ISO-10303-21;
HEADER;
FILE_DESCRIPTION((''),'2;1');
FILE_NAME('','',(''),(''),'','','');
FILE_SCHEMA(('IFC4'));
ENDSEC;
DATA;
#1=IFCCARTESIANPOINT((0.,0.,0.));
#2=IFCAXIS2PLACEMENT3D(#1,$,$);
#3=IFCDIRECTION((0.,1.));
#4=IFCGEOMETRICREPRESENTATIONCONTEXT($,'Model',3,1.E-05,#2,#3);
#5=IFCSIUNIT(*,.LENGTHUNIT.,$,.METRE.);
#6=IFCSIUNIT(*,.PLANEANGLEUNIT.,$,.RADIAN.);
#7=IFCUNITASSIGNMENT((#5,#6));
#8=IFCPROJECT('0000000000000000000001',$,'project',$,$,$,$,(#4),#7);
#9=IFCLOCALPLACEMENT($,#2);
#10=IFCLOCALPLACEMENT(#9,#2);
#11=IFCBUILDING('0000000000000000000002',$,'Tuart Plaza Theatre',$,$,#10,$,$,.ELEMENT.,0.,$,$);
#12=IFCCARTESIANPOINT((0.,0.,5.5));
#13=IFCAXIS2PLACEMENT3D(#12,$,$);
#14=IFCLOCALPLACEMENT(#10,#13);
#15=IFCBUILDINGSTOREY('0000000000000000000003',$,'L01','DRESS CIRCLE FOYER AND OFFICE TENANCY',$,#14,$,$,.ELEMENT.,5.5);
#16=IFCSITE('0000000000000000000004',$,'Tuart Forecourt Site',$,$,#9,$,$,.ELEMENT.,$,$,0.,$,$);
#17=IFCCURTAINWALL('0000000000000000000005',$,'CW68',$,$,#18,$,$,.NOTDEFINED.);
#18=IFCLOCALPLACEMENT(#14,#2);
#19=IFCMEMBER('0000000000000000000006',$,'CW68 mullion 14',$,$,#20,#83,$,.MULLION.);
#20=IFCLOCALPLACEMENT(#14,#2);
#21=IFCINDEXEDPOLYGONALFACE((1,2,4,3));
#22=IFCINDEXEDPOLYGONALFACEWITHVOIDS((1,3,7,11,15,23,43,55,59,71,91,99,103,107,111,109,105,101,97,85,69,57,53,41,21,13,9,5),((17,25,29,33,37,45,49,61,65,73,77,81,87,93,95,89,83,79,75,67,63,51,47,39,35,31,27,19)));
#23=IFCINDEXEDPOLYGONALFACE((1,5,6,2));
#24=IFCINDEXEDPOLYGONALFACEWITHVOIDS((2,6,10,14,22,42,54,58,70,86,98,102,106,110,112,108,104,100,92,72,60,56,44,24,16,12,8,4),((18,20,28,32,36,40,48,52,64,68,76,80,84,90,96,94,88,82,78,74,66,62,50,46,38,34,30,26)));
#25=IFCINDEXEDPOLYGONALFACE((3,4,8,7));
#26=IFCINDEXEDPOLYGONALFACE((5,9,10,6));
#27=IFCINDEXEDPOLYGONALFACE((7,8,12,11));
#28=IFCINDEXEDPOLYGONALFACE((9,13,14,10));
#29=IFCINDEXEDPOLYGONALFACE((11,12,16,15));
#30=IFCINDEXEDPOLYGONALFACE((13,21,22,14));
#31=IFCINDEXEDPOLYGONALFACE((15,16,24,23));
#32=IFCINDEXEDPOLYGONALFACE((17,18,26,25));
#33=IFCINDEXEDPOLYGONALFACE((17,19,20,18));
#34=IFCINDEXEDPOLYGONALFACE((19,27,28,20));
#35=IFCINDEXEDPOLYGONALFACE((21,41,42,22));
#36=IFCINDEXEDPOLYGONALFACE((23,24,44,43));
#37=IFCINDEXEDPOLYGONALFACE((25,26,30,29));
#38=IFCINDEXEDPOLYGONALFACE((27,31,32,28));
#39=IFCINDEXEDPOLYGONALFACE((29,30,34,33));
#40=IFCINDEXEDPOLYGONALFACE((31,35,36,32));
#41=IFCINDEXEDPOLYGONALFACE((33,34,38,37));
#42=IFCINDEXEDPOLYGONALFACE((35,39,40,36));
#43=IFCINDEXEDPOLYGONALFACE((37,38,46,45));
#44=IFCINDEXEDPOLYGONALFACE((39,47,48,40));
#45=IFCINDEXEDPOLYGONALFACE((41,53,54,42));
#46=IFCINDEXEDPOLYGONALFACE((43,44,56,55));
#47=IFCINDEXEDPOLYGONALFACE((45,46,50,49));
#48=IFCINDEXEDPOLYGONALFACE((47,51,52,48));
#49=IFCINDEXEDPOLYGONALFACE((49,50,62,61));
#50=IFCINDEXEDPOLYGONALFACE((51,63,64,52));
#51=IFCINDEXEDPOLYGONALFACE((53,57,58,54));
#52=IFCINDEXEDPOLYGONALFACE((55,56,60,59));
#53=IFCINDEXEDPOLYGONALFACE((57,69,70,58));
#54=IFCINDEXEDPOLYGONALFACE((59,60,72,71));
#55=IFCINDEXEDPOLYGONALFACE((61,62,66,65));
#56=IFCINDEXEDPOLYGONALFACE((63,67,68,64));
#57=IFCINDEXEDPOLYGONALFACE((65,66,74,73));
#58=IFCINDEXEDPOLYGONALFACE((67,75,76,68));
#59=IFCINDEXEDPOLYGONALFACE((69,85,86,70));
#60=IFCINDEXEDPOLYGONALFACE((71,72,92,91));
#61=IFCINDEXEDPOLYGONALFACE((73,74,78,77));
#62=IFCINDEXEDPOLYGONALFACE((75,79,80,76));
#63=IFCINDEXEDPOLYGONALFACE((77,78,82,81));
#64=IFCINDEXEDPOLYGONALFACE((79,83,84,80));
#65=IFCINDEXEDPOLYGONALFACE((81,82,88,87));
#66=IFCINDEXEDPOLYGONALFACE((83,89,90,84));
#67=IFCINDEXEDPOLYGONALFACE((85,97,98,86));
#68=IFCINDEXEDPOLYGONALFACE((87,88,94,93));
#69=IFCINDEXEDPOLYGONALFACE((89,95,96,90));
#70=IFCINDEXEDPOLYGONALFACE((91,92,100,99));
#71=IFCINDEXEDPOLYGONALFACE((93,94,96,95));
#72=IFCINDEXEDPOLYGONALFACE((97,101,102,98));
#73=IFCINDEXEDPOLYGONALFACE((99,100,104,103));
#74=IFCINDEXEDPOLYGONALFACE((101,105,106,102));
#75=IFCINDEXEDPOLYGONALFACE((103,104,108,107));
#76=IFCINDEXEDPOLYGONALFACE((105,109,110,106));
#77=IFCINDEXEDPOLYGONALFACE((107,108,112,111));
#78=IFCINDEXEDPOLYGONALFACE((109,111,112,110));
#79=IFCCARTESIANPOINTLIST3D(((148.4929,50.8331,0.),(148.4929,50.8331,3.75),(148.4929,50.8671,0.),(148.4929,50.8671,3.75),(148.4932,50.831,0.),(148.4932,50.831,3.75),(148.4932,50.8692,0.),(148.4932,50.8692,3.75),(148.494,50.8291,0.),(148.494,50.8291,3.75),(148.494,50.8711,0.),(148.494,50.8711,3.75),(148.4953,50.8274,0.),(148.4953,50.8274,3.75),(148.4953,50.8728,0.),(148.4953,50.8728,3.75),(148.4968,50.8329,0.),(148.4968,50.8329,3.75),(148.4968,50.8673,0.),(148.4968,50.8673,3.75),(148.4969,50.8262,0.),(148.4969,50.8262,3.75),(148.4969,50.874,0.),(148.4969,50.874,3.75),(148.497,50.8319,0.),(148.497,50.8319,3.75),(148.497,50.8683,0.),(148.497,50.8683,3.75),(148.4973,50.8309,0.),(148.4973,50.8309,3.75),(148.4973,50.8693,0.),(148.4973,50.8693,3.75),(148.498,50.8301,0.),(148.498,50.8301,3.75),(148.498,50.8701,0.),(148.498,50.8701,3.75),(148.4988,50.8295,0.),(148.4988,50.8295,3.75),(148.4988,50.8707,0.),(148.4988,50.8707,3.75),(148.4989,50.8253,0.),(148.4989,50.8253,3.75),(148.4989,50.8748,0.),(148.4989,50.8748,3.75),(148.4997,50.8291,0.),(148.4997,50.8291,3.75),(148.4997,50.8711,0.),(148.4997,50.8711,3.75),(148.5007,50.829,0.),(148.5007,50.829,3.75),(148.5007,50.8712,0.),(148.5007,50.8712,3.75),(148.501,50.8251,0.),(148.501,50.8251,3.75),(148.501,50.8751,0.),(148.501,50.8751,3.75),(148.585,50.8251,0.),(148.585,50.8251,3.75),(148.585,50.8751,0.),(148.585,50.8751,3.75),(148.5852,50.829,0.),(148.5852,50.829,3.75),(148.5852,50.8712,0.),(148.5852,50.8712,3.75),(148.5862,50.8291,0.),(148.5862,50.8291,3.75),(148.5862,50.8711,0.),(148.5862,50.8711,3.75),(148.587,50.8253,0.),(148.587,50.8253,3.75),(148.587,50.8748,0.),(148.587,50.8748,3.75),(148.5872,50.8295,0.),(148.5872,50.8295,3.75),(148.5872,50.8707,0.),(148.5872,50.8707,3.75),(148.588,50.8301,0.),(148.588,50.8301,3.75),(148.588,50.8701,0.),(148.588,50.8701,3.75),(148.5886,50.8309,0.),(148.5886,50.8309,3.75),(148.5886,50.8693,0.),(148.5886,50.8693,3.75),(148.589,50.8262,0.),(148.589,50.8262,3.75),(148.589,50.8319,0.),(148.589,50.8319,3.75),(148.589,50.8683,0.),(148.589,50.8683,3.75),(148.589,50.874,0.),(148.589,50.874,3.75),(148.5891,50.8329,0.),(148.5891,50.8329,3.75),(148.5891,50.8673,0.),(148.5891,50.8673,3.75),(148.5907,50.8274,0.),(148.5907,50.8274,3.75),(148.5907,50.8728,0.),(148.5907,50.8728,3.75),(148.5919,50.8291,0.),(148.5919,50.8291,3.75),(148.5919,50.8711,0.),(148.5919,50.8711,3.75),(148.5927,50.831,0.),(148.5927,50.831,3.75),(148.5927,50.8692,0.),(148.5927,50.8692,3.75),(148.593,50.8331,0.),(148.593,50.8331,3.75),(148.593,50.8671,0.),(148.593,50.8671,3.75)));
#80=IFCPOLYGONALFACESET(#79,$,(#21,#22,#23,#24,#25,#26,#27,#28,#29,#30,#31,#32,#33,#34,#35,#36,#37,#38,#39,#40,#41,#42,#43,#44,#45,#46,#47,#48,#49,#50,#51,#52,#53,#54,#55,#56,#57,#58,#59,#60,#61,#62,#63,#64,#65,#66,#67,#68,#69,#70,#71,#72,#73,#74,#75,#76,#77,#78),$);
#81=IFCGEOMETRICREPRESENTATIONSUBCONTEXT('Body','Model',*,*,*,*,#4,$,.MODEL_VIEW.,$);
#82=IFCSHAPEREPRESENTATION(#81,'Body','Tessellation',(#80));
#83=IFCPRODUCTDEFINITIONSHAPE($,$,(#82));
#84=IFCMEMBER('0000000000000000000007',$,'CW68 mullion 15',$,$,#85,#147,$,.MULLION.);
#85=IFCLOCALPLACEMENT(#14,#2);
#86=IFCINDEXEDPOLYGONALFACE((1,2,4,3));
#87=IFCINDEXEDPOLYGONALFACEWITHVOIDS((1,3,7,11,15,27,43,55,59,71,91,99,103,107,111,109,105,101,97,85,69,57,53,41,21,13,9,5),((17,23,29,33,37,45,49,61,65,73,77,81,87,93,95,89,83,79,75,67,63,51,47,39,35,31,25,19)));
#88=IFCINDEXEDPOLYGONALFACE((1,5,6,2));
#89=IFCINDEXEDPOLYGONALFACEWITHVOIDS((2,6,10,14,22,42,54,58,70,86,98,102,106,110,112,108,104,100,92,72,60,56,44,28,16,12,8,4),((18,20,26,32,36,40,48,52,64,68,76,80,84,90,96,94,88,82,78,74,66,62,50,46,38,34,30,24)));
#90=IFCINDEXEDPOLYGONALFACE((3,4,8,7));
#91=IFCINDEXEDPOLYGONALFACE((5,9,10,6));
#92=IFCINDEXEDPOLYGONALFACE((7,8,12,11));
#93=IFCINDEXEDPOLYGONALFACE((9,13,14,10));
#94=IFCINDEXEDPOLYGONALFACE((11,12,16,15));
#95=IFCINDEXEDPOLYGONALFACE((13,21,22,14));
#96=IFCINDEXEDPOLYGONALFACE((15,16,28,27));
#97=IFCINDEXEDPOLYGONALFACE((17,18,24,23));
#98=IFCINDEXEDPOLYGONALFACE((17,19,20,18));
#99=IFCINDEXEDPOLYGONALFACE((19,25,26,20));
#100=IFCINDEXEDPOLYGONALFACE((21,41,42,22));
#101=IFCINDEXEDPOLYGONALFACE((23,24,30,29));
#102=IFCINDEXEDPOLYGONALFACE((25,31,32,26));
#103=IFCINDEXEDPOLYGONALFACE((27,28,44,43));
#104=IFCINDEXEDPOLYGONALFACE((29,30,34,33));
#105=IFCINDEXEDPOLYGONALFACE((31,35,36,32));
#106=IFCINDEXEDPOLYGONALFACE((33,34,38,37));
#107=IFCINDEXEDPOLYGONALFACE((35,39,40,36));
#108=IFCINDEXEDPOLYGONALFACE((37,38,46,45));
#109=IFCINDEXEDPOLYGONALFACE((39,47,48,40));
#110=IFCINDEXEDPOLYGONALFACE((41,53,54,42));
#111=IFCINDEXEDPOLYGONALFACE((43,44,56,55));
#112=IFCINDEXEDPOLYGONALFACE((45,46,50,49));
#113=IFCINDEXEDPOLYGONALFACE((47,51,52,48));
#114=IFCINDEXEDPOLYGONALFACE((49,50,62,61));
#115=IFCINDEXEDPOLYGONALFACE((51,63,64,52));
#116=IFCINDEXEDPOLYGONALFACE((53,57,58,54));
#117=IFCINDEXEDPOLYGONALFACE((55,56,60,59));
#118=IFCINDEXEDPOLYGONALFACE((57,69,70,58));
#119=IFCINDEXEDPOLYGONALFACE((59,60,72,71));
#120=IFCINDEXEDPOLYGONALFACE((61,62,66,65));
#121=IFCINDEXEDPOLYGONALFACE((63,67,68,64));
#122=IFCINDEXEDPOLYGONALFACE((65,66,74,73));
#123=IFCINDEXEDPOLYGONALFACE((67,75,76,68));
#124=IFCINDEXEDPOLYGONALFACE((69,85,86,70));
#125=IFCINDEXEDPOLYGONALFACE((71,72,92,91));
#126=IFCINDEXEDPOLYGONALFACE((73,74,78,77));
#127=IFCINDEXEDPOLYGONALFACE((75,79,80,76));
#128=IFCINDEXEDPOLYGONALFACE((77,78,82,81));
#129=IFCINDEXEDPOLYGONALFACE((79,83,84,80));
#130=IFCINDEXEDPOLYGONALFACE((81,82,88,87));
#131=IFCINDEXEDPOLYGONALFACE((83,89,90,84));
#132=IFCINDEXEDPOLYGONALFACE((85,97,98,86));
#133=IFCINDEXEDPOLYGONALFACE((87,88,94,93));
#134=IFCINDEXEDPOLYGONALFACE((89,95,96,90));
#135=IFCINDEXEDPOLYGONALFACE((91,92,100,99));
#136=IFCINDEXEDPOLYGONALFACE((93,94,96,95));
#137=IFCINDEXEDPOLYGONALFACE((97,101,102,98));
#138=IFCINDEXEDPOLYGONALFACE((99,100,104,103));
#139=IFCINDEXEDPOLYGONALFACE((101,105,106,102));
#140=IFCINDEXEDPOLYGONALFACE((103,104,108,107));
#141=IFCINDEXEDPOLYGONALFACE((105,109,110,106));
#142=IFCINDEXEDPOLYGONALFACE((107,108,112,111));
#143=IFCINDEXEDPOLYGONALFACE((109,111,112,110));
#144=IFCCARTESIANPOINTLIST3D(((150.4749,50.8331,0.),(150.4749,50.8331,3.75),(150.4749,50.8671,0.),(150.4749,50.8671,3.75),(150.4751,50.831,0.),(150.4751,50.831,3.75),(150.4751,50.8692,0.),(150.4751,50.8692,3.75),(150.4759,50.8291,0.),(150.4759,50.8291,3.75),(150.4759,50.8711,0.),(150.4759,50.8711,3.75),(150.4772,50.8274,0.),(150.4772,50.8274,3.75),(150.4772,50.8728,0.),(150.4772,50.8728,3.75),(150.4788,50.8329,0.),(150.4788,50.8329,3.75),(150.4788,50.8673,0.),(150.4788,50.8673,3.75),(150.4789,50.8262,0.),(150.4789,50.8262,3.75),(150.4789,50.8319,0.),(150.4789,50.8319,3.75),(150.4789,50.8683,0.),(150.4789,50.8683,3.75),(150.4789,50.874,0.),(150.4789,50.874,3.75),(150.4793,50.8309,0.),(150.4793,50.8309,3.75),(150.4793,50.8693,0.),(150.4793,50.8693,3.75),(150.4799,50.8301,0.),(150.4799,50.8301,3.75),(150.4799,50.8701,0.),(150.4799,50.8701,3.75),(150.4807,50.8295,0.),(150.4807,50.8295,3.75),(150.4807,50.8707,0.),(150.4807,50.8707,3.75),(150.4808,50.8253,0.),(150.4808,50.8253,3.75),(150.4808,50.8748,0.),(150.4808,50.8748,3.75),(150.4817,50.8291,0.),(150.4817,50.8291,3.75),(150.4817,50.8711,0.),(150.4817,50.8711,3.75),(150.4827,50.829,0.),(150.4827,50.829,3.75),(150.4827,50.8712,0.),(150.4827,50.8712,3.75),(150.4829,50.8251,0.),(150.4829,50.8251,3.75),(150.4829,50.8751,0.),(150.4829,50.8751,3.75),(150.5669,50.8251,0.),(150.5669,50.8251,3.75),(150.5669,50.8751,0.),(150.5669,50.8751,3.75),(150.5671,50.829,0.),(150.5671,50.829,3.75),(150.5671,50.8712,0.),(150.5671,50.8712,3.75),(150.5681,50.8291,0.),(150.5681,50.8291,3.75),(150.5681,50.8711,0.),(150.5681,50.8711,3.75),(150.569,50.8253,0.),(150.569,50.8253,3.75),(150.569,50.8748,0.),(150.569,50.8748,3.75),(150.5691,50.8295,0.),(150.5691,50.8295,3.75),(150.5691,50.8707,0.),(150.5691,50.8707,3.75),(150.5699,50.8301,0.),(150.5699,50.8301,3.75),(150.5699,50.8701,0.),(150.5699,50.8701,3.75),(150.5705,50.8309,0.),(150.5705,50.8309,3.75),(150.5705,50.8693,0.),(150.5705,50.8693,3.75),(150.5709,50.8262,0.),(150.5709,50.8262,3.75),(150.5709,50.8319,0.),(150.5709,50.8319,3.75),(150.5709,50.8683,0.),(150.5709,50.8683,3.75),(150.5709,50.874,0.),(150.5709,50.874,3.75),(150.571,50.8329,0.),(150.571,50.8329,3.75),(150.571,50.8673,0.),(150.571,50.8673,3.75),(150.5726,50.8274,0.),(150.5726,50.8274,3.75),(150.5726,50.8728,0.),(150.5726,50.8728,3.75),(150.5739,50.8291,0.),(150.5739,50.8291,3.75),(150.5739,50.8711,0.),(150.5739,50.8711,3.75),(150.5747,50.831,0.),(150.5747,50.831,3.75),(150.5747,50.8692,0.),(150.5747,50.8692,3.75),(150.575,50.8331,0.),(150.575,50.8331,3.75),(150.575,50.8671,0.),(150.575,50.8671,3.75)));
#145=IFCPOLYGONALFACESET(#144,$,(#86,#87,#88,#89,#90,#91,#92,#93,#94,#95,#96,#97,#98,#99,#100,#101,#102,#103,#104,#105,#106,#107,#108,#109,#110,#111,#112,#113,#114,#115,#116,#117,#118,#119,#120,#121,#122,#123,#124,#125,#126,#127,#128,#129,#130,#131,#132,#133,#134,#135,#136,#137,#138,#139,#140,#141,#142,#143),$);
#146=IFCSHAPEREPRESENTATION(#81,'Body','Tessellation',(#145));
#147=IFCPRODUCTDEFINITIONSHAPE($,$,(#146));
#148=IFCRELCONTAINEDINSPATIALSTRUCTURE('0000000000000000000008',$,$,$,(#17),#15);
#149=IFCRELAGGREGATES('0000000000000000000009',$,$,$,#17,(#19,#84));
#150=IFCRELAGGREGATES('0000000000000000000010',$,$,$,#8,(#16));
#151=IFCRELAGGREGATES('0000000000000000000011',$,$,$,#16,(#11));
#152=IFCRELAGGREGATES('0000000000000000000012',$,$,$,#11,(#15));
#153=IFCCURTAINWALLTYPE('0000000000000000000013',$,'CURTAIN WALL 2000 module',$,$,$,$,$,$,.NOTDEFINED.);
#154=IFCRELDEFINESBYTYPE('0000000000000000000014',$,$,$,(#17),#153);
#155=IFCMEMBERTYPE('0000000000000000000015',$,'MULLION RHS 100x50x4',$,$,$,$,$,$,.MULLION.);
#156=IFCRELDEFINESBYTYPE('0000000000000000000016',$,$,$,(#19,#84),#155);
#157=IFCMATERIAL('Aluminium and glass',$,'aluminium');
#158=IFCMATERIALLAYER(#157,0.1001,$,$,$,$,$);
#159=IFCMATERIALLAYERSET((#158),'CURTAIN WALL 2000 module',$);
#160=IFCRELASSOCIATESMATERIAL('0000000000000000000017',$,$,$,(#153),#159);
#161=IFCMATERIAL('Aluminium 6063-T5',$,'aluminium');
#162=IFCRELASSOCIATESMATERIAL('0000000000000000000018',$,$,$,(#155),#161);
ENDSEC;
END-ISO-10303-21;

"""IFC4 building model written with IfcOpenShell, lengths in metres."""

from ifc_helpers import new_model, si_unit, direction, frame, origin, origin_2d, place, context, subcontext, project, spatial, hollow_rectangle, extrude, material, layer, layer_set, material_profile, profile_set, type_object, element, aggregate, save


model = new_model("IFC4")

# Units and contexts
model_context = context("Model", 3, precision=1e-05, world=origin(), true_north=direction((0.0, 1.0)))
body_context = subcontext(model_context, "Body", "Model", "MODEL_VIEW")
ifc_project = project(units=[si_unit("LENGTHUNIT", "METRE"), si_unit("PLANEANGLEUNIT", "RADIAN")], contexts=[model_context])

# Site, building, storey
site_placement = place(None, origin())
site = spatial("IfcSite", under=ifc_project, at=site_placement, Name="Tuart Forecourt Site", CompositionType="ELEMENT", RefElevation=0.0)
building_placement = place(site_placement, origin())
building = spatial("IfcBuilding", under=site, at=building_placement, Name="Tuart Plaza Theatre", CompositionType="ELEMENT", ElevationOfRefHeight=0.0)
storey_placement = place(building_placement, frame((0.0, 0.0, 5.5)))
storey = spatial("IfcBuildingStorey", under=building, at=storey_placement, Name="L01", Description="DRESS CIRCLE FOYER AND OFFICE TENANCY", CompositionType="ELEMENT", Elevation=5.5)

# Curtain wall, members
ifc_material_1 = material(Name="Aluminium and glass", Category="aluminium")
ifc_layer_1 = layer(ifc_material_1, 0.1001)
ifc_layer_set_1 = layer_set([ifc_layer_1], Name="CURTAIN WALL 2000 module")
curtain_wall_type = type_object("IfcCurtainWallType", Name="CURTAIN WALL 2000 module", PredefinedType="NOTDEFINED", material=ifc_layer_set_1)
curtain_wall_placement = place(storey_placement, origin())
curtain_wall = element("IfcCurtainWall", 1, at=curtain_wall_placement, inside=storey, type_object=curtain_wall_type, Name="CW68", PredefinedType="NOTDEFINED")
ifc_material_2 = material(Name="Aluminium 6063-T5", Category="aluminium")
ifc_material_profile_1 = material_profile(ifc_material_2, hollow_rectangle(XDim=0.05, YDim=0.1001, WallThickness=0.0039, InnerFilletRadius=0.0039, OuterFilletRadius=0.0081, at=origin_2d()), Name="RHS 100x50x4")
ifc_profile_set_1 = profile_set([ifc_material_profile_1], Name="Aluminium 6063-T5")
member_type_1 = type_object("IfcMemberType", Name="MULLION RHS 100x50x4", PredefinedType="MULLION", material=ifc_profile_set_1)
member_1_placement = place(storey_placement, frame((148.543, 50.8501, 0.0), z_axis=(0.0, 0.0, 1.0), x_axis=(0.0, 1.0, 0.0)))
member_1 = element("IfcMember", 2, at=member_1_placement, type_object=member_type_1, Name="CW68 mullion 14", PredefinedType="MULLION", context=body_context, shape_type="SweptSolid", body=[
    extrude(hollow_rectangle(XDim=0.05, YDim=0.1001, WallThickness=0.0039, InnerFilletRadius=0.0039, OuterFilletRadius=0.0081, at=origin_2d()), origin(), (0.0, 0.0, 1.0), 3.75),
])
member_2_placement = place(storey_placement, frame((150.5249, 50.8501, 0.0), z_axis=(0.0, 0.0, 1.0), x_axis=(0.0, 1.0, 0.0)))
member_2 = element("IfcMember", 3, at=member_2_placement, type_object=member_type_1, Name="CW68 mullion 15", PredefinedType="MULLION", context=body_context, shape_type="SweptSolid", body=[
    extrude(hollow_rectangle(XDim=0.05, YDim=0.1001, WallThickness=0.0039, InnerFilletRadius=0.0039, OuterFilletRadius=0.0081, at=origin_2d()), origin(), (0.0, 0.0, 1.0), 3.75),
])
aggregate(curtain_wall, [member_1, member_2])

save(model, "model.ifc")
